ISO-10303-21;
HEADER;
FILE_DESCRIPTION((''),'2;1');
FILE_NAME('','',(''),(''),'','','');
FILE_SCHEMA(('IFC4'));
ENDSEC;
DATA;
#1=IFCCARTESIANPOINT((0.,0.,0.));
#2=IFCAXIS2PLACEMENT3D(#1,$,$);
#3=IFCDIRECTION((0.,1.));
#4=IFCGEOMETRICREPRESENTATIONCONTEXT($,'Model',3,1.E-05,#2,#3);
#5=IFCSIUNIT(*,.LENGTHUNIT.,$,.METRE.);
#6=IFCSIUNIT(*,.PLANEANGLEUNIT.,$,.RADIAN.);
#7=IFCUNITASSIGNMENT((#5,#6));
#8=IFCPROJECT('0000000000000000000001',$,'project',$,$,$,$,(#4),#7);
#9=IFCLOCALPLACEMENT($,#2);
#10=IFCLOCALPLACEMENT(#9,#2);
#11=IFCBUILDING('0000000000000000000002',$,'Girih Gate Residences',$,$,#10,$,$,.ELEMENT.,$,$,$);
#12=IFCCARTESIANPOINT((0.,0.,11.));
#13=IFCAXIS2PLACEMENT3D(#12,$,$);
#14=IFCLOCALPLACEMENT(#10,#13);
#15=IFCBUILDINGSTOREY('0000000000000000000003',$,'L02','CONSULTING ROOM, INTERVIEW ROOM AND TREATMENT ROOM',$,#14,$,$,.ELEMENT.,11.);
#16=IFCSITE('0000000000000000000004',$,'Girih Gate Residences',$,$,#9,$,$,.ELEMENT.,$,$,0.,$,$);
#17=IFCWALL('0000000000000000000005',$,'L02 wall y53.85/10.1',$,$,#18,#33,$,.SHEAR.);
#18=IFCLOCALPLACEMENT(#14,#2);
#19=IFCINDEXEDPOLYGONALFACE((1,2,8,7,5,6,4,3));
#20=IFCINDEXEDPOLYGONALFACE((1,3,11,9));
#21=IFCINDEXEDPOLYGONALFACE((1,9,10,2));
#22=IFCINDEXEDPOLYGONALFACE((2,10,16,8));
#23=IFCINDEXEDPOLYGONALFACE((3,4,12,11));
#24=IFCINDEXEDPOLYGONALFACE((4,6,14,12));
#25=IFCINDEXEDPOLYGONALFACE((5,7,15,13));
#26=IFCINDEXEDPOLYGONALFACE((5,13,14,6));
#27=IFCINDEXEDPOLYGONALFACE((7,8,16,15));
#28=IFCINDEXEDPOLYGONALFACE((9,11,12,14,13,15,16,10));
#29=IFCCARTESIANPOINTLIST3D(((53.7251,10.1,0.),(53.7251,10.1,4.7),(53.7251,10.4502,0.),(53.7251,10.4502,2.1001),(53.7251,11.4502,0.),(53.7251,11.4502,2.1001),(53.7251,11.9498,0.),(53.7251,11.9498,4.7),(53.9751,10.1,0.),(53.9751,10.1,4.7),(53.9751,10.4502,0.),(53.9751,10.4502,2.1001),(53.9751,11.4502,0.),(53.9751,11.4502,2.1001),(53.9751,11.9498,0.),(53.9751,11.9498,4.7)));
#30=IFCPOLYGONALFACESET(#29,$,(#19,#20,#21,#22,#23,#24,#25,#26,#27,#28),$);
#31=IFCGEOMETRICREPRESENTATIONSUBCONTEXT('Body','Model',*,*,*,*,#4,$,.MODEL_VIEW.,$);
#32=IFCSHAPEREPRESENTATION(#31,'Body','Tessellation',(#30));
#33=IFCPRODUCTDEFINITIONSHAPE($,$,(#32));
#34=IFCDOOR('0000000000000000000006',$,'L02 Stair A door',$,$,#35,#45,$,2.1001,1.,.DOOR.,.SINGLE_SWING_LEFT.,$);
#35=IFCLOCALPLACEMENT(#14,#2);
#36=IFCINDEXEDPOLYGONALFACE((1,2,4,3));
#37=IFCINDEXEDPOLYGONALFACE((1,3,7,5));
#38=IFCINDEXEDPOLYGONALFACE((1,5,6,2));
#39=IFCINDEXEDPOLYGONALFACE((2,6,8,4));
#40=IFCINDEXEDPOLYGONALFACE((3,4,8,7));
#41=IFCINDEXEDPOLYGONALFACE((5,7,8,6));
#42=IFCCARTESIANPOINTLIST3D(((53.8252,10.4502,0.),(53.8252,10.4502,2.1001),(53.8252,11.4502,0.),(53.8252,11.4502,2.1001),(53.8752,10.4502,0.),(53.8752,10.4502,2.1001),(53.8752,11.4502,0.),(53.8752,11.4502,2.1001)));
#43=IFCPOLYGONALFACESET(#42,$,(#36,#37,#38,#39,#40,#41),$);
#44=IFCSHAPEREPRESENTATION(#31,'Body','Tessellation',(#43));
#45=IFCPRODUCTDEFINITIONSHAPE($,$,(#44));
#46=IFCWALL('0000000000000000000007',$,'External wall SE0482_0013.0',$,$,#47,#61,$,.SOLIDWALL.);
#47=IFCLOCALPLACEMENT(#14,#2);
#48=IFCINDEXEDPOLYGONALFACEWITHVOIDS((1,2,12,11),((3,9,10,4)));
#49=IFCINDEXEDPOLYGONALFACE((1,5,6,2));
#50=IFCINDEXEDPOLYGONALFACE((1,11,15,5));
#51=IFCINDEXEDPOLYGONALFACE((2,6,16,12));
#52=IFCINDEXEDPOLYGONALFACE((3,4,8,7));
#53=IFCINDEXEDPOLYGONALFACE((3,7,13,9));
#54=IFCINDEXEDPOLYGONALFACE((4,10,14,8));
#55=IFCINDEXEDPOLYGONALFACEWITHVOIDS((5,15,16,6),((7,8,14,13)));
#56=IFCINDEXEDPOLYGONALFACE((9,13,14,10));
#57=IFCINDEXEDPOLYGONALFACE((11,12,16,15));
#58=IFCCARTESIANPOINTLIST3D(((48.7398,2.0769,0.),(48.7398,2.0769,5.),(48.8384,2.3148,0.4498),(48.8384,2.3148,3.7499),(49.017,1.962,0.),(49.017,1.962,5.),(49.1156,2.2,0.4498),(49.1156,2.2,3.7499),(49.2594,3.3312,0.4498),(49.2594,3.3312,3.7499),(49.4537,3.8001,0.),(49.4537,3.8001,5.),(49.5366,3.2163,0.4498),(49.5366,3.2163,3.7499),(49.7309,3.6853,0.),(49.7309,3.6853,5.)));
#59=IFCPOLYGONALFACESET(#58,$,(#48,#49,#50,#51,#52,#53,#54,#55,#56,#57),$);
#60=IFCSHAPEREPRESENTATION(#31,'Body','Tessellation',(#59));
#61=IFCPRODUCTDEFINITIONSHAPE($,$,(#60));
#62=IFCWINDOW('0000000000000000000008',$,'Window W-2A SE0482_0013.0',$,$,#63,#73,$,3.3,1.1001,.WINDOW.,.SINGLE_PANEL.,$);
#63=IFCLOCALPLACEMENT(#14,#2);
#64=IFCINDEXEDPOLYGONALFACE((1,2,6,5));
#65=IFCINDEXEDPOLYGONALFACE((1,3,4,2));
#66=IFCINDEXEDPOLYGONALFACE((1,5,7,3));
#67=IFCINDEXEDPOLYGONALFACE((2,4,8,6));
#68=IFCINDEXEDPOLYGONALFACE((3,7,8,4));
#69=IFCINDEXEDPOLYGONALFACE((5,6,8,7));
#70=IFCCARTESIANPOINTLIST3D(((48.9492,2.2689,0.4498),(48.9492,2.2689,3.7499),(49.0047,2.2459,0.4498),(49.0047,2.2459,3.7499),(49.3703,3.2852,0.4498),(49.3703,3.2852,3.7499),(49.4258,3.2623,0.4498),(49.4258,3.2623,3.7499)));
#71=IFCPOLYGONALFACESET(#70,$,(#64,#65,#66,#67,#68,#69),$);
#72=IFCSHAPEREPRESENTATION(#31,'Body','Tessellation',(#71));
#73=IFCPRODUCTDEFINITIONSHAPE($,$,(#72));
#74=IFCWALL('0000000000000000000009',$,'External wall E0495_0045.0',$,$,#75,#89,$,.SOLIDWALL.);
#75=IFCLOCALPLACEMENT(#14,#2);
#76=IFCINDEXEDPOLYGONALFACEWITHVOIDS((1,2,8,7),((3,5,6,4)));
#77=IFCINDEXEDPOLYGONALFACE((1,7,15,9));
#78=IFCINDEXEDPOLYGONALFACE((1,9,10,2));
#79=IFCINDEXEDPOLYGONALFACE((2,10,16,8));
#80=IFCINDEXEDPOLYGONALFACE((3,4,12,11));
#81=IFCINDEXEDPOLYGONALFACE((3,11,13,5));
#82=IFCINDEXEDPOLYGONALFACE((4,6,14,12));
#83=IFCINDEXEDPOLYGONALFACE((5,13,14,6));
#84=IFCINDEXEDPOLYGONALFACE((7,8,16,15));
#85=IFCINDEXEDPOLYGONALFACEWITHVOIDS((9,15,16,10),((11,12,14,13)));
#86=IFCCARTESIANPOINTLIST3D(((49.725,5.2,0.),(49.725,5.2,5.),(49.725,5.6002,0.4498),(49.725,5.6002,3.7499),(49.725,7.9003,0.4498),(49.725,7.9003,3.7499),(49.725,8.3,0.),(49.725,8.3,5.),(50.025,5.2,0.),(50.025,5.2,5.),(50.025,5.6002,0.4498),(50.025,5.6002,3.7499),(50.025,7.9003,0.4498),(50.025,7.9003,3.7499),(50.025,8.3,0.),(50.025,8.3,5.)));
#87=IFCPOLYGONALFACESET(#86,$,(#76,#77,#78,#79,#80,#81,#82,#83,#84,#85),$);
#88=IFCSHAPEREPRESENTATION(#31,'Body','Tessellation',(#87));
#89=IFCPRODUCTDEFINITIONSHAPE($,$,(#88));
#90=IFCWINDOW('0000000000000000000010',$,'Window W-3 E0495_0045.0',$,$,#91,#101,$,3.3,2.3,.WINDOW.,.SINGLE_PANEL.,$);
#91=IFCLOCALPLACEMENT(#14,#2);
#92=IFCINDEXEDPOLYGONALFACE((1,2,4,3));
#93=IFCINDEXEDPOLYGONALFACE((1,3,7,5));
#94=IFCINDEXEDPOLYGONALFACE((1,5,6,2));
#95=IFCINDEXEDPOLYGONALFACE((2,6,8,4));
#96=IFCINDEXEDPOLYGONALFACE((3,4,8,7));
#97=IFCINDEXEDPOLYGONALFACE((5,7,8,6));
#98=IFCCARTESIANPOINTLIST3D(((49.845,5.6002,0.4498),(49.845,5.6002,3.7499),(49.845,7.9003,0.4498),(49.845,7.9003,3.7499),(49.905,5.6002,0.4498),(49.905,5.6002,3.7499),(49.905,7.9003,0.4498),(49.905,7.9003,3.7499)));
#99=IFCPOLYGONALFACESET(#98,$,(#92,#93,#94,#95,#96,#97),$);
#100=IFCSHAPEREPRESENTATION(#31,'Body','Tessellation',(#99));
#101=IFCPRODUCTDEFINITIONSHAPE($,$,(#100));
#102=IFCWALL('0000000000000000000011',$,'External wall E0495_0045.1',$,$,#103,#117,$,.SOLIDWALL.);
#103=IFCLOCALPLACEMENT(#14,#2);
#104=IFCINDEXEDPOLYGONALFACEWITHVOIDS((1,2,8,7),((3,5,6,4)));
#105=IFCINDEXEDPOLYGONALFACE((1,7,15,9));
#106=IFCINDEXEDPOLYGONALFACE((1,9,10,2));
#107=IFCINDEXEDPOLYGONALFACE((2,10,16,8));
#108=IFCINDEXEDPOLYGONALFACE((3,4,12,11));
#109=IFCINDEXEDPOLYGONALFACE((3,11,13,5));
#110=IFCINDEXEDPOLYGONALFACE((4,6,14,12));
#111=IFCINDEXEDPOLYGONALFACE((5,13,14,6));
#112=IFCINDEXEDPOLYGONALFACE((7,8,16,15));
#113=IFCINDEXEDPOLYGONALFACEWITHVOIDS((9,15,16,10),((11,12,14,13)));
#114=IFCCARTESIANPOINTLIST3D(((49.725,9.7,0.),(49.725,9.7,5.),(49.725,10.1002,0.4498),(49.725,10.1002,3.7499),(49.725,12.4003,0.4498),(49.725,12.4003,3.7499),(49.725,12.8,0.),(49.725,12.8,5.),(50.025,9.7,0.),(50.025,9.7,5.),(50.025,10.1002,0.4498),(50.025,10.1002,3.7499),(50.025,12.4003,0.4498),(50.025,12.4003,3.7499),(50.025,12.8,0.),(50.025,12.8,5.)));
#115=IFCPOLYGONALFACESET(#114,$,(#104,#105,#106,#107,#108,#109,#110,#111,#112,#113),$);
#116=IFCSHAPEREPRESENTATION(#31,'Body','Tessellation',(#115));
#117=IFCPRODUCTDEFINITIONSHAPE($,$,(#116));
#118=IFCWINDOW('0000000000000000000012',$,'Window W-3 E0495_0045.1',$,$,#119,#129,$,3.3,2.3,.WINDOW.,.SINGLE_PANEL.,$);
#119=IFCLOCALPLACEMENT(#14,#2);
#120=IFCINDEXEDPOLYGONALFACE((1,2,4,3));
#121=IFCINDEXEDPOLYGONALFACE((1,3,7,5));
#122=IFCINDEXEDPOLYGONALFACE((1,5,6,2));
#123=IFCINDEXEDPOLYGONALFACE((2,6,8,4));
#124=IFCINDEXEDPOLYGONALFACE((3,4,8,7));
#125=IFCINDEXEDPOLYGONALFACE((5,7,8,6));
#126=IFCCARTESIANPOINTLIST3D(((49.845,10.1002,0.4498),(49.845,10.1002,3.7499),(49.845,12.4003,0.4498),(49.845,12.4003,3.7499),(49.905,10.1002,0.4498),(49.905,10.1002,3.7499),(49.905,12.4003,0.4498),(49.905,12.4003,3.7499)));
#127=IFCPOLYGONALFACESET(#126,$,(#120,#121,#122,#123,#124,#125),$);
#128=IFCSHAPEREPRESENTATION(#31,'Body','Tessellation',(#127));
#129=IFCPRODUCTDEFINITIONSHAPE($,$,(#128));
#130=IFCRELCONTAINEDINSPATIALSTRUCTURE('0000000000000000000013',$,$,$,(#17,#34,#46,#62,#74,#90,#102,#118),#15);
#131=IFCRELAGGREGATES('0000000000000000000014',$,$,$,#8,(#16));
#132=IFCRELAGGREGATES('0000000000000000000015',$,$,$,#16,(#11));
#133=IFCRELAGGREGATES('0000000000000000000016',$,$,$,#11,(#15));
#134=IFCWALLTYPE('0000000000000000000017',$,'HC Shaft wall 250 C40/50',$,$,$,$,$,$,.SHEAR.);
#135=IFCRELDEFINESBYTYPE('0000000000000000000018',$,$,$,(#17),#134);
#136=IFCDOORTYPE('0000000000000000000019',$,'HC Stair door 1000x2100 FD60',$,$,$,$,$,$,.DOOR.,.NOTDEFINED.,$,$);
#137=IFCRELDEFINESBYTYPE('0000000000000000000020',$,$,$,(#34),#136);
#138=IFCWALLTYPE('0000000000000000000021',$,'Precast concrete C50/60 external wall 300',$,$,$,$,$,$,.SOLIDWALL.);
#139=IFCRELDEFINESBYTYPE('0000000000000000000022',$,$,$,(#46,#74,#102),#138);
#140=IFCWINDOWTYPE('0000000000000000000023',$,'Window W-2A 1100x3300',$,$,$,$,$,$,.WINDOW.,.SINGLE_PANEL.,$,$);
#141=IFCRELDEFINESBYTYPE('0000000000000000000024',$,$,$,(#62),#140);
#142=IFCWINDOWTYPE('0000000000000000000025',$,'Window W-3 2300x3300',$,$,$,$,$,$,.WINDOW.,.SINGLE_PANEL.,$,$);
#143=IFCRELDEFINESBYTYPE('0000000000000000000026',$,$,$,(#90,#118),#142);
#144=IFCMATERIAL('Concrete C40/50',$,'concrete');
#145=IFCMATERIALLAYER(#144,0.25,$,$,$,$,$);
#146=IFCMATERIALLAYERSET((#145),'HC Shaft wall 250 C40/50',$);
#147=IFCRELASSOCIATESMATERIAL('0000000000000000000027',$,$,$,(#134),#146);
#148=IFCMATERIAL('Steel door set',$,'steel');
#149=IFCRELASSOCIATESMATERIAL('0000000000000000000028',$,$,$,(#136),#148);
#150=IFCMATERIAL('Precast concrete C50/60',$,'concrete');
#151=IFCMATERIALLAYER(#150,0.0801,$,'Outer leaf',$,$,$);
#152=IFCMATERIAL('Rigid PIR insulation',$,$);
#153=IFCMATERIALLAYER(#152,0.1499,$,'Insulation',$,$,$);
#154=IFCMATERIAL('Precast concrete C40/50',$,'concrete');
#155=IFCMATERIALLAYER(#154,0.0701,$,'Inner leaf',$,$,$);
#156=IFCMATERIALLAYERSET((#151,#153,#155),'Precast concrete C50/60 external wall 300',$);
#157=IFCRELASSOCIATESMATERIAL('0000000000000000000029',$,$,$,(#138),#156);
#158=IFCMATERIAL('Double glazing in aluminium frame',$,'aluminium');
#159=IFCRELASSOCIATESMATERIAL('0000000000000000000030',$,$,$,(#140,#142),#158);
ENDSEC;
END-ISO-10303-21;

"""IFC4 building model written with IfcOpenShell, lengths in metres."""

from ifc_helpers import new_model, si_unit, direction, frame, frame_2d, origin, place, context, subcontext, project, spatial, rectangle, extrude, material, layer, layer_set, type_object, element, fill, save


model = new_model("IFC4")

# Units and contexts
model_context = context("Model", 3, precision=1e-05, world=origin(), true_north=direction((0.0, 1.0)))
body_context = subcontext(model_context, "Body", "Model", "MODEL_VIEW")
ifc_project = project(units=[si_unit("LENGTHUNIT", "METRE"), si_unit("PLANEANGLEUNIT", "RADIAN")], contexts=[model_context])

# Site, building, storey
site_placement = place(None, origin())
site = spatial("IfcSite", under=ifc_project, at=site_placement, Name="Girih Gate Residences", CompositionType="ELEMENT", RefElevation=0.0)
building_placement = place(site_placement, origin())
building = spatial("IfcBuilding", under=site, at=building_placement, Name="Girih Gate Residences", CompositionType="ELEMENT")
storey_placement = place(building_placement, frame((0.0, 0.0, 11.0)))
storey = spatial("IfcBuildingStorey", under=building, at=storey_placement, Name="L02", Description="CONSULTING ROOM, INTERVIEW ROOM AND TREATMENT ROOM", CompositionType="ELEMENT", Elevation=11.0)

# Shared definitions
ifc_material_1 = material(Name="Concrete C40/50", Category="concrete")

# Shared definitions
ifc_material_2 = material(Name="Precast concrete C40/50", Category="concrete")
ifc_layer_1 = layer(ifc_material_1, 0.25)
ifc_layer_set_1 = layer_set([ifc_layer_1], Name="HC Shaft wall 250 C40/50")
wall_type_1 = type_object("IfcWallType", Name="HC Shaft wall 250 C40/50", PredefinedType="SHEAR", material=ifc_layer_set_1)

# Wall, opening, door
wall_1_placement = place(storey_placement, frame((53.8501, 10.1001, 0.0), z_axis=(0.0, 0.0, 1.0), x_axis=(0.0, 1.0, 0.0)))
wall_1 = element("IfcWall", 1, at=wall_1_placement, inside=storey, type_object=wall_type_1, Name="L02 wall y53.85/10.1", PredefinedType="SHEAR", context=body_context, shape_type="SweptSolid", body=[
    extrude(rectangle(XDim=1.8499, YDim=0.25, at=frame_2d((0.9248, 0.0))), origin(), (0.0, 0.0, 1.0), 4.7),
])
opening_1_placement = place(wall_1_placement, frame((0.3501, 0.0, 0.0)))
opening_1 = element("IfcOpeningElement", 2, at=opening_1_placement, cuts=wall_1, PredefinedType="OPENING", context=body_context, shape_type="SweptSolid", body=[
    extrude(rectangle(XDim=1.0, YDim=2.1001, at=frame_2d((0.5, 1.05))), frame((0.0, 0.135, 0.0), z_axis=(0.0, -1.0, 0.0), x_axis=(1.0, 0.0, 0.0)), (0.0, 0.0, 1.0), 0.27),
])
ifc_material_3 = material(Name="Steel door set", Category="steel")
door_type = type_object("IfcDoorType", Name="HC Stair door 1000x2100 FD60", OperationType="NOTDEFINED", PredefinedType="DOOR", material=ifc_material_3)
door_placement = place(opening_1_placement, origin())
door = element("IfcDoor", 3, at=door_placement, inside=storey, type_object=door_type, Name="L02 Stair A door", OperationType="SINGLE_SWING_LEFT", OverallHeight=2.1001, OverallWidth=1.0, PredefinedType="DOOR", context=body_context, shape_type="SweptSolid", body=[
    extrude(rectangle(XDim=1.0, YDim=2.1001, at=frame_2d((0.5, 1.05))), frame((0.0, 0.0249, 0.0), z_axis=(0.0, -1.0, 0.0), x_axis=(1.0, 0.0, 0.0)), (0.0, 0.0, 1.0), 0.05),
])
fill(opening_1, door)

# Walls, openings, windows
ifc_material_4 = material(Name="Precast concrete C50/60", Category="concrete")
ifc_layer_2 = layer(ifc_material_4, 0.0801, Name="Outer leaf")
ifc_material_5 = material(Name="Rigid PIR insulation")
ifc_layer_3 = layer(ifc_material_5, 0.1499, Name="Insulation")
ifc_layer_4 = layer(ifc_material_2, 0.0701, Name="Inner leaf")
ifc_layer_set_2 = layer_set([ifc_layer_2, ifc_layer_3, ifc_layer_4], Name="Precast concrete C50/60 external wall 300")
wall_type_2 = type_object("IfcWallType", Name="Precast concrete C50/60 external wall 300", PredefinedType="SOLIDWALL", material=ifc_layer_set_2)
wall_2_placement = place(storey_placement, frame((49.5923, 3.7427, 0.0), z_axis=(0.0, 0.0, 1.0), x_axis=(-0.382737, -0.923857, 0.0)))
wall_2 = element("IfcWall", 4, at=wall_2_placement, inside=storey, type_object=wall_type_2, Name="External wall SE0482_0013.0", PredefinedType="SOLIDWALL", context=body_context, shape_type="SweptSolid", body=[
    extrude(rectangle(XDim=1.8652, YDim=0.3, at=frame_2d((0.9326, 0.0))), origin(), (0.0, 0.0, 1.0), 5.0),
])
opening_2_placement = place(wall_2_placement, frame((0.5076, 0.0, 0.45)))
opening_2 = element("IfcOpeningElement", 5, at=opening_2_placement, cuts=wall_2, PredefinedType="OPENING", context=body_context, shape_type="SweptSolid", body=[
    extrude(rectangle(XDim=1.1001, YDim=3.3, at=frame_2d((0.55, 1.6499))), frame((0.0, 0.1599, 0.0), z_axis=(0.0, -1.0, 0.0), x_axis=(1.0, 0.0, 0.0)), (0.0, 0.0, 1.0), 0.3201),
])
ifc_material_6 = material(Name="Double glazing in aluminium frame", Category="aluminium")
window_type_1 = type_object("IfcWindowType", Name="Window W-2A 1100x3300", PartitioningType="SINGLE_PANEL", PredefinedType="WINDOW", material=ifc_material_6)
window_1_placement = place(opening_2_placement, origin())
window_1 = element("IfcWindow", 6, at=window_1_placement, inside=storey, type_object=window_type_1, Name="Window W-2A SE0482_0013.0", OverallHeight=3.3, OverallWidth=1.1001, PartitioningType="SINGLE_PANEL", PredefinedType="WINDOW", context=body_context, shape_type="SweptSolid", body=[
    extrude(rectangle(XDim=1.1001, YDim=3.3, at=frame_2d((0.55, 1.6499))), frame((0.0, 0.03, 0.0), z_axis=(0.0, -1.0, 0.0), x_axis=(1.0, 0.0, 0.0)), (0.0, 0.0, 1.0), 0.0601),
])
fill(opening_2, window_1)
wall_3_placement = place(storey_placement, frame((49.875, 8.3, 0.0), z_axis=(0.0, 0.0, 1.0), x_axis=(0.0, -1.0, 0.0)))
wall_3 = element("IfcWall", 7, at=wall_3_placement, inside=storey, type_object=wall_type_2, Name="External wall E0495_0045.0", PredefinedType="SOLIDWALL", context=body_context, shape_type="SweptSolid", body=[
    extrude(rectangle(XDim=3.1001, YDim=0.3, at=frame_2d((1.55, 0.0))), origin(), (0.0, 0.0, 1.0), 5.0),
])
opening_3_placement = place(wall_3_placement, frame((0.3999, 0.0, 0.45)))
opening_3 = element("IfcOpeningElement", 8, at=opening_3_placement, cuts=wall_3, PredefinedType="OPENING", context=body_context, shape_type="SweptSolid", body=[
    extrude(rectangle(XDim=2.3, YDim=3.3, at=frame_2d((1.1499, 1.6499))), frame((0.0, 0.1599, 0.0), z_axis=(0.0, -1.0, 0.0), x_axis=(1.0, 0.0, 0.0)), (0.0, 0.0, 1.0), 0.3201),
])
window_type_2 = type_object("IfcWindowType", Name="Window W-3 2300x3300", PartitioningType="SINGLE_PANEL", PredefinedType="WINDOW", material=ifc_material_6)
window_2_placement = place(opening_3_placement, origin())
window_2 = element("IfcWindow", 9, at=window_2_placement, inside=storey, type_object=window_type_2, Name="Window W-3 E0495_0045.0", OverallHeight=3.3, OverallWidth=2.3, PartitioningType="SINGLE_PANEL", PredefinedType="WINDOW", context=body_context, shape_type="SweptSolid", body=[
    extrude(rectangle(XDim=2.3, YDim=3.3, at=frame_2d((1.1499, 1.6499))), frame((0.0, 0.03, 0.0), z_axis=(0.0, -1.0, 0.0), x_axis=(1.0, 0.0, 0.0)), (0.0, 0.0, 1.0), 0.0601),
])
fill(opening_3, window_2)
wall_4_placement = place(storey_placement, frame((49.875, 12.8, 0.0), z_axis=(0.0, 0.0, 1.0), x_axis=(0.0, -1.0, 0.0)))
wall_4 = element("IfcWall", 10, at=wall_4_placement, inside=storey, type_object=wall_type_2, Name="External wall E0495_0045.1", PredefinedType="SOLIDWALL", context=body_context, shape_type="SweptSolid", body=[
    extrude(rectangle(XDim=3.1001, YDim=0.3, at=frame_2d((1.55, 0.0))), origin(), (0.0, 0.0, 1.0), 5.0),
])
opening_4_placement = place(wall_4_placement, frame((0.3999, 0.0, 0.45)))
opening_4 = element("IfcOpeningElement", 11, at=opening_4_placement, cuts=wall_4, PredefinedType="OPENING", context=body_context, shape_type="SweptSolid", body=[
    extrude(rectangle(XDim=2.3, YDim=3.3, at=frame_2d((1.1499, 1.6499))), frame((0.0, 0.1599, 0.0), z_axis=(0.0, -1.0, 0.0), x_axis=(1.0, 0.0, 0.0)), (0.0, 0.0, 1.0), 0.3201),
])
window_3_placement = place(opening_4_placement, origin())
window_3 = element("IfcWindow", 12, at=window_3_placement, inside=storey, type_object=window_type_2, Name="Window W-3 E0495_0045.1", OverallHeight=3.3, OverallWidth=2.3, PartitioningType="SINGLE_PANEL", PredefinedType="WINDOW", context=body_context, shape_type="SweptSolid", body=[
    extrude(rectangle(XDim=2.3, YDim=3.3, at=frame_2d((1.1499, 1.6499))), frame((0.0, 0.03, 0.0), z_axis=(0.0, -1.0, 0.0), x_axis=(1.0, 0.0, 0.0)), (0.0, 0.0, 1.0), 0.0601),
])
fill(opening_4, window_3)

save(model, "model.ifc")
